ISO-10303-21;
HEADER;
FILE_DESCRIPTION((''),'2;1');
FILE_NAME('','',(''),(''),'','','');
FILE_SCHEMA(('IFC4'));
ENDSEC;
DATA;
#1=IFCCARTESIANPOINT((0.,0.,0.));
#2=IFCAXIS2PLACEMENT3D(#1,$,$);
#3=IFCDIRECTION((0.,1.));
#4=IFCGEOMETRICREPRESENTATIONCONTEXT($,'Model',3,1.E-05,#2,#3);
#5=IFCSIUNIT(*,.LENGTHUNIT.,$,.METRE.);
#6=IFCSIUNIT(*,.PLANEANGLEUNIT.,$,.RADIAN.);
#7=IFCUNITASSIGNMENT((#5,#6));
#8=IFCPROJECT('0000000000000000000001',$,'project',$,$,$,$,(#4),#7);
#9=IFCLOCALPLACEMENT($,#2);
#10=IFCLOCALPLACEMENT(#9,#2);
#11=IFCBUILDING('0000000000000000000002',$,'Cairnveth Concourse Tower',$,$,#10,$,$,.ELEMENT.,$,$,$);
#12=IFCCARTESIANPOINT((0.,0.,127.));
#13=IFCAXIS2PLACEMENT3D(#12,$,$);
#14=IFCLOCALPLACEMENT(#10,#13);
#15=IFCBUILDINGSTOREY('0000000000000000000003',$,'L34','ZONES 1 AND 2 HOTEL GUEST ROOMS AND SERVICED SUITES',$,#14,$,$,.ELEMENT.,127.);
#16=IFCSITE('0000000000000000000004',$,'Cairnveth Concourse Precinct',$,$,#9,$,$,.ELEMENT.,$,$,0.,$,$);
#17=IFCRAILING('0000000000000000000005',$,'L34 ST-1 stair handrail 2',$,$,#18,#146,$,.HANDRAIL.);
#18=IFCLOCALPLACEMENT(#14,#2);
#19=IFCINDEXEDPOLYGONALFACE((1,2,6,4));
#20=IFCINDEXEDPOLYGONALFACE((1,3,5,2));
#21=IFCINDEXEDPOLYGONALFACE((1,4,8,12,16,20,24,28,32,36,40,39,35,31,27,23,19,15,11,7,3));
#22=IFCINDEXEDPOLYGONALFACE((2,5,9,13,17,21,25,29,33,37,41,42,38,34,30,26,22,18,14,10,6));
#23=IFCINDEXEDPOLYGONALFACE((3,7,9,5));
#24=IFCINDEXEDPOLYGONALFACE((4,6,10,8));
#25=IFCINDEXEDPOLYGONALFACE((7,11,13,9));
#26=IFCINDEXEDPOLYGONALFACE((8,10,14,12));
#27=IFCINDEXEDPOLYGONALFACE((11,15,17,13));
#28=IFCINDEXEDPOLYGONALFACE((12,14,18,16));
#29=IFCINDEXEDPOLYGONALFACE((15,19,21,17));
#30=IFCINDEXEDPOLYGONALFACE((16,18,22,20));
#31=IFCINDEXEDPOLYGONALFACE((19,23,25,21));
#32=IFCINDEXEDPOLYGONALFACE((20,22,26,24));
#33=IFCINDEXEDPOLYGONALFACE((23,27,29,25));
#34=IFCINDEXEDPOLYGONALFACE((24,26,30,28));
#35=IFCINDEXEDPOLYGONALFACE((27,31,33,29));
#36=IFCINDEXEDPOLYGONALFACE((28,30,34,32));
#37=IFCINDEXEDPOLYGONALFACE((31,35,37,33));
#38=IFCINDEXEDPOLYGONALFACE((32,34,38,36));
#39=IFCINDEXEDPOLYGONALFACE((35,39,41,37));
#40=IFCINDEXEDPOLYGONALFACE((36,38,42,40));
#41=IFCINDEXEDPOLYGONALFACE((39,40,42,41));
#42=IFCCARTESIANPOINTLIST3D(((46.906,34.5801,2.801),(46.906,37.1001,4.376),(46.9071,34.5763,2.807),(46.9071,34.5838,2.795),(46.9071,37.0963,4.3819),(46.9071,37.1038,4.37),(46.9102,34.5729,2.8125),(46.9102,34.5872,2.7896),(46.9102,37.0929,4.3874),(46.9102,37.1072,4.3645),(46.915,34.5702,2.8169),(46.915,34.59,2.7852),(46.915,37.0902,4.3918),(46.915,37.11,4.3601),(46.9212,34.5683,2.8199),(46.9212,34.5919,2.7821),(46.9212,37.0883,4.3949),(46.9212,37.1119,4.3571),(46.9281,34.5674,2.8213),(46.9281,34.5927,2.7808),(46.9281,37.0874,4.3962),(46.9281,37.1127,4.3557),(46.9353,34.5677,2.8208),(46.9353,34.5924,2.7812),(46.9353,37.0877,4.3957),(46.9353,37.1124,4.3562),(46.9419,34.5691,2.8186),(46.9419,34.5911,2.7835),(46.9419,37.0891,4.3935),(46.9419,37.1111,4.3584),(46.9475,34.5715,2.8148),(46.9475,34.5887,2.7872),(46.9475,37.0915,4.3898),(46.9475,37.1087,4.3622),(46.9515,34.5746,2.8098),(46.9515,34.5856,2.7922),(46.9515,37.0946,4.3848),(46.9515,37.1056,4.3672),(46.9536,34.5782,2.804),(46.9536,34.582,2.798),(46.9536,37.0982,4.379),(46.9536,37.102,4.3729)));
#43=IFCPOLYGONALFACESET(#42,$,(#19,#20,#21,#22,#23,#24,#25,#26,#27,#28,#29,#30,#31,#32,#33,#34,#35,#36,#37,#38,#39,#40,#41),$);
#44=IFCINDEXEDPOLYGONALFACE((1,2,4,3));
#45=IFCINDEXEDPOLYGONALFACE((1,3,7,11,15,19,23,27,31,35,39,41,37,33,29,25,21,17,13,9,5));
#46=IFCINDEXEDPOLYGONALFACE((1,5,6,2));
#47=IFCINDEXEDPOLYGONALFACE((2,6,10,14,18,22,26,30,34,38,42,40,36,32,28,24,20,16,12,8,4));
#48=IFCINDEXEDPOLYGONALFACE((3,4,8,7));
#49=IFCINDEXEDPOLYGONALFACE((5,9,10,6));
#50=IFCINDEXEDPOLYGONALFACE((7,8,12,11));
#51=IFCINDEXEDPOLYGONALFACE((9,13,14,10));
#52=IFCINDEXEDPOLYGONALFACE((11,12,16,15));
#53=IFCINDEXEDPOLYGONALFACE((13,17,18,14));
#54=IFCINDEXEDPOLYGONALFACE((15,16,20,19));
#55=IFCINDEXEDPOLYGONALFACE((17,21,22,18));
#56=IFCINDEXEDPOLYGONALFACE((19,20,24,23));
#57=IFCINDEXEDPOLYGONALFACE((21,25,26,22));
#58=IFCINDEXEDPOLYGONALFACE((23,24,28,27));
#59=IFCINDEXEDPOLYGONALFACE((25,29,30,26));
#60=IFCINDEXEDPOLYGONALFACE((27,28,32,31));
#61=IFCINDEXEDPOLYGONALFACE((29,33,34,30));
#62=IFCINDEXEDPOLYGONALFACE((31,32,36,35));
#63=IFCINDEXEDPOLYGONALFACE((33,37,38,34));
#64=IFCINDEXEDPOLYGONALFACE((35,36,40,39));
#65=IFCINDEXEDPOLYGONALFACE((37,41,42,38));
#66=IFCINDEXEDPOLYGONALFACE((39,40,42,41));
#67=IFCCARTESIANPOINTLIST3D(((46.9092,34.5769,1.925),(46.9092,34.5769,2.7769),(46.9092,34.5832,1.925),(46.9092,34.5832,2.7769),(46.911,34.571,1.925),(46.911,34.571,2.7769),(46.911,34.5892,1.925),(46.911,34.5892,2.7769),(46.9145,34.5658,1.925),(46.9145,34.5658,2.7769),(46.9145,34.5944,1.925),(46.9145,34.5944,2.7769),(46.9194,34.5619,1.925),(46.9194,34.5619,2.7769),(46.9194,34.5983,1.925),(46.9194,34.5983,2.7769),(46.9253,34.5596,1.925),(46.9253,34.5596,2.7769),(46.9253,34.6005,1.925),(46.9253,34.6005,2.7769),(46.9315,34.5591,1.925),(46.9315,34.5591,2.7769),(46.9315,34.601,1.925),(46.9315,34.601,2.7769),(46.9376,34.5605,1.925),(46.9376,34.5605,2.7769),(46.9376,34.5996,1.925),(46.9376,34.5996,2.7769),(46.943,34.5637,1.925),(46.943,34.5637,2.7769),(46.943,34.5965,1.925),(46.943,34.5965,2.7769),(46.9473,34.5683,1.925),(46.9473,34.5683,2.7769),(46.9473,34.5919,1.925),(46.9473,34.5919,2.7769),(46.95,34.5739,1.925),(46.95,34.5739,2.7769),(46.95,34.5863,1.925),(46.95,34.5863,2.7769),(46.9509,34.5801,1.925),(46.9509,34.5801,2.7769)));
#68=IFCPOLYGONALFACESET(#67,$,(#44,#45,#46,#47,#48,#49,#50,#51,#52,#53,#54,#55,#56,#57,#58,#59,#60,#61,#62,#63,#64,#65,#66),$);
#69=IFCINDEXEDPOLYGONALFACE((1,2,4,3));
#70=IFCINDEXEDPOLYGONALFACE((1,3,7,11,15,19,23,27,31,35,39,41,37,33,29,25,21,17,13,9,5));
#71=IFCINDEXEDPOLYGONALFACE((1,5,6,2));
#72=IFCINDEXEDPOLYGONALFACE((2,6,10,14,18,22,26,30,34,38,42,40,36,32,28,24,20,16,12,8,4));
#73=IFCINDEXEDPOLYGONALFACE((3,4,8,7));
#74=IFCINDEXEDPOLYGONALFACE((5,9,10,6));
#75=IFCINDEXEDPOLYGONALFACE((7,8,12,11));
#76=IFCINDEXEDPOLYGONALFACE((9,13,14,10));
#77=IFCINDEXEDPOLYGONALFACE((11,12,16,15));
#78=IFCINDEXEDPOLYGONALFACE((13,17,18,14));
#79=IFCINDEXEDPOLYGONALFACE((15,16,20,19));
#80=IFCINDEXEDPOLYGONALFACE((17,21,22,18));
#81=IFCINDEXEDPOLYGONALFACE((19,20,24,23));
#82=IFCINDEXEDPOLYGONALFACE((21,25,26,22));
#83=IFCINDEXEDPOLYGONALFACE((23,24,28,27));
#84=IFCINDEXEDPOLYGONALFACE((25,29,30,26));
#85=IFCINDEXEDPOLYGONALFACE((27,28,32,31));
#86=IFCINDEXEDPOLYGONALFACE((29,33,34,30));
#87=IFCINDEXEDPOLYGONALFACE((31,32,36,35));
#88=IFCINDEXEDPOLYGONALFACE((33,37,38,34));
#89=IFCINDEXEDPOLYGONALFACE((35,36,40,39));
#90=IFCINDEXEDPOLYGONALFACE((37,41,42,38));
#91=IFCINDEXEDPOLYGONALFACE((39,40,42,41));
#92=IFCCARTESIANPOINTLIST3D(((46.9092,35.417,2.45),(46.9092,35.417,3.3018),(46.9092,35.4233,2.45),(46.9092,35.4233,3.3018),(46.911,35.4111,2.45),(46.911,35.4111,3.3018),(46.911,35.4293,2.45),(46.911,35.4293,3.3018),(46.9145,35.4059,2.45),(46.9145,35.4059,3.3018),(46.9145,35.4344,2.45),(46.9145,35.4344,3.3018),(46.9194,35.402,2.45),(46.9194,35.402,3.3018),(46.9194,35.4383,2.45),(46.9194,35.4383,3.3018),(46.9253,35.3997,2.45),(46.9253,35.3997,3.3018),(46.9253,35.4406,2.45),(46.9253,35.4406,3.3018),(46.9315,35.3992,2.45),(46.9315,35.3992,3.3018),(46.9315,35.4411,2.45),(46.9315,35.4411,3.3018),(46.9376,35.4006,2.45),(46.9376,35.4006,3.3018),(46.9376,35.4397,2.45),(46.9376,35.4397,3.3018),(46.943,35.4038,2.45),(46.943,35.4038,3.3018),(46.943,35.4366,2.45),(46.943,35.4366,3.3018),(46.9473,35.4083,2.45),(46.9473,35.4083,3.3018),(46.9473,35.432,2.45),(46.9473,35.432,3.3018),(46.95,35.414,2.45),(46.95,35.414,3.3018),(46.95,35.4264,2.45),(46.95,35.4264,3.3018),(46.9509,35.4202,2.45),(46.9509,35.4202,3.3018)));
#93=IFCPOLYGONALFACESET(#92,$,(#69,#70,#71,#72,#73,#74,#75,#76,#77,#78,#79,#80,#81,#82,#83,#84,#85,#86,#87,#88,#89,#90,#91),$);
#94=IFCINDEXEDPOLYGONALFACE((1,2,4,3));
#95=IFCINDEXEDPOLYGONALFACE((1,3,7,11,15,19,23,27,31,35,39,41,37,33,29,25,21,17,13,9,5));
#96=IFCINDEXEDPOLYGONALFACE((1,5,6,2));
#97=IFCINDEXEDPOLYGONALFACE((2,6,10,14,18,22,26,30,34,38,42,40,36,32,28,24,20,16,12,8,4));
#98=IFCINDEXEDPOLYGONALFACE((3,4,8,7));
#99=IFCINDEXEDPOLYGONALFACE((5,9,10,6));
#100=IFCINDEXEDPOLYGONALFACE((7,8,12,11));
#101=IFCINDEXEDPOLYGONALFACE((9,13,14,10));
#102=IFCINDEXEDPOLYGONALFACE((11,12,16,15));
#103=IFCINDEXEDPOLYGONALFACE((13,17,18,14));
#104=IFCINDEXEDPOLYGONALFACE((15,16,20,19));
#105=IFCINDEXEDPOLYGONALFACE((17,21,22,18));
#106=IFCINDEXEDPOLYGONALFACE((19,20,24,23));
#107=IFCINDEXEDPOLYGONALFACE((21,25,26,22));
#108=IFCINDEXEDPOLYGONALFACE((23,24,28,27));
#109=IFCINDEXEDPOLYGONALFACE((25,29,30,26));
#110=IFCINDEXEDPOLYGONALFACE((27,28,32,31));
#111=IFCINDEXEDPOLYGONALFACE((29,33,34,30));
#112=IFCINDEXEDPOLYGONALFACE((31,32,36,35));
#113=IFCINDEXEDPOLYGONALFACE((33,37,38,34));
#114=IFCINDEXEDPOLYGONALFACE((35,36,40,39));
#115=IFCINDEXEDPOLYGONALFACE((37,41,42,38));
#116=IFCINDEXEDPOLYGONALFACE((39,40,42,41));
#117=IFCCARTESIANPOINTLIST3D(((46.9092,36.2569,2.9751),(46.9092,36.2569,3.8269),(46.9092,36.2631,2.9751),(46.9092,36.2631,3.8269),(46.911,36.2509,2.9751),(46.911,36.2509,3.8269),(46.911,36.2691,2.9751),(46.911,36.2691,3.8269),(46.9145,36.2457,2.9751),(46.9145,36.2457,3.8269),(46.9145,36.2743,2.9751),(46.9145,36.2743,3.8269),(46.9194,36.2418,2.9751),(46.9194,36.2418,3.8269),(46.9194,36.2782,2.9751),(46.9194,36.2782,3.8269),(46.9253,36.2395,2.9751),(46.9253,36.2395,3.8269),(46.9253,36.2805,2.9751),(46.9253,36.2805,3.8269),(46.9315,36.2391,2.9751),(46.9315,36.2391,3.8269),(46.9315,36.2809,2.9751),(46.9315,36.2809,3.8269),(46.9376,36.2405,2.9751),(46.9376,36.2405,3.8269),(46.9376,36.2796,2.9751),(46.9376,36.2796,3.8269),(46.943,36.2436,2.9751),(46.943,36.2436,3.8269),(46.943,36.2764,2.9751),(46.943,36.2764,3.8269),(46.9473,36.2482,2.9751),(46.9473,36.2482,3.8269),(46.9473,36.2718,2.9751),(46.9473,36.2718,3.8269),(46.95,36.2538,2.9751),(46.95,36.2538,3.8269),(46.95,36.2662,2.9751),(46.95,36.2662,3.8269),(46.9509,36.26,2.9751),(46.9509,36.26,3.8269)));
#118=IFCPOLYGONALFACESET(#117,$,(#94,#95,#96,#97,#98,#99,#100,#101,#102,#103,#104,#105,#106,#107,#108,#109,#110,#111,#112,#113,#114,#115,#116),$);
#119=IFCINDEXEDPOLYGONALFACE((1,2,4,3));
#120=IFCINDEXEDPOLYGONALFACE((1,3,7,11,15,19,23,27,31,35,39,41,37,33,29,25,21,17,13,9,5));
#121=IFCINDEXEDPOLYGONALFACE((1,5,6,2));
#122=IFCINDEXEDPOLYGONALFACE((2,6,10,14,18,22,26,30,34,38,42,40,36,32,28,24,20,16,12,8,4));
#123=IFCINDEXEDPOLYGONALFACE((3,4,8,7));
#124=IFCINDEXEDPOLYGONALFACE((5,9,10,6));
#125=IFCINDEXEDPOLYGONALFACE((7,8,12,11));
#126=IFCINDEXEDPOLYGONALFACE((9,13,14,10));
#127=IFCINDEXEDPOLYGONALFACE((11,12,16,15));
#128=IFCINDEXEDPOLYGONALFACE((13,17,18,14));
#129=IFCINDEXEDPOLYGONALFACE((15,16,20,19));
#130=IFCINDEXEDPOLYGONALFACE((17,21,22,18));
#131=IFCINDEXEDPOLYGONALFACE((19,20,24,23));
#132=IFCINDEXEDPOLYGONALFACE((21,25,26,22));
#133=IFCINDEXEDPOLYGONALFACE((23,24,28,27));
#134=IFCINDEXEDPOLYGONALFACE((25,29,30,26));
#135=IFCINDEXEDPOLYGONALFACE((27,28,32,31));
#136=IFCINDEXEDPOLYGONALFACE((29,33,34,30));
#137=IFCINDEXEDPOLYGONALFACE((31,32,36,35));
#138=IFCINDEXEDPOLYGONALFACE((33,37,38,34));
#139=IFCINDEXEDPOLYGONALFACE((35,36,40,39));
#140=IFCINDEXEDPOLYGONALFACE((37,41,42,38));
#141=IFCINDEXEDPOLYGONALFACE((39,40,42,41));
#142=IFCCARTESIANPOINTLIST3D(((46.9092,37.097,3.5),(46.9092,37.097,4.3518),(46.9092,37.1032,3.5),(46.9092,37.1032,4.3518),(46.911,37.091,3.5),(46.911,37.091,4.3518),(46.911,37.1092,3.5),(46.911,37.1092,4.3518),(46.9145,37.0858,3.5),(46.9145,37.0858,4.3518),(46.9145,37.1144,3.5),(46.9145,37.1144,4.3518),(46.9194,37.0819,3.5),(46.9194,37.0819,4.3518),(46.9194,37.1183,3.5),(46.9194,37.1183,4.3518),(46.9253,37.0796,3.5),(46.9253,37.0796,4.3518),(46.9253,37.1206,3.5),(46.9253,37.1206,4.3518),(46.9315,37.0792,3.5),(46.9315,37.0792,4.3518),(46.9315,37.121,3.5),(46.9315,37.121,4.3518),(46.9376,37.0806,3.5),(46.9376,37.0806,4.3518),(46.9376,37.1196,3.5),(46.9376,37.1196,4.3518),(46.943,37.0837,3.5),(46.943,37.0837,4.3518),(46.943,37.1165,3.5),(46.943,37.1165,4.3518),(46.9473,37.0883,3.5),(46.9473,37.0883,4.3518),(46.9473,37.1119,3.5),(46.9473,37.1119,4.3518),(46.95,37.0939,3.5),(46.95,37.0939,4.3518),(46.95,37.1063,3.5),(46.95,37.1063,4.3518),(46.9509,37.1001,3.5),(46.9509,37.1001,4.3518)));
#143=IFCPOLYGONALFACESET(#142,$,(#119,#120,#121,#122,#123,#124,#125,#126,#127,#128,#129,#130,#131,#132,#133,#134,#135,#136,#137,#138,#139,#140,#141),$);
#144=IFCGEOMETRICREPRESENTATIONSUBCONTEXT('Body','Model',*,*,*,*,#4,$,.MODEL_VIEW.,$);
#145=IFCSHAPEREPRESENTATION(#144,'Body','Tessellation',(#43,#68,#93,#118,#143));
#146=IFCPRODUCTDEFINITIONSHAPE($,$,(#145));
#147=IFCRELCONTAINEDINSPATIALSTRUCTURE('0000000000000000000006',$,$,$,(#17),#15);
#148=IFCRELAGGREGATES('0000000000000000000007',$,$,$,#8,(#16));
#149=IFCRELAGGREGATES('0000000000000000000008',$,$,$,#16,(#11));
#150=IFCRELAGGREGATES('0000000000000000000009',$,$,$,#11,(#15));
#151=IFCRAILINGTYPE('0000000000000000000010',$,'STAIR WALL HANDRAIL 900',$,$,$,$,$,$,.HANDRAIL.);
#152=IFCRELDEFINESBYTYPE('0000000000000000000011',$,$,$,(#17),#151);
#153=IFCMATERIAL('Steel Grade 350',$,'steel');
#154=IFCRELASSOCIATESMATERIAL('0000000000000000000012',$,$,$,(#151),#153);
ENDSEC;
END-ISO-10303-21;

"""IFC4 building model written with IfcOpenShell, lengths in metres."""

from ifc_helpers import new_model, si_unit, direction, frame, origin, origin_2d, place, context, subcontext, project, spatial, circle, extrude, material, type_object, element, save


model = new_model("IFC4")

# Units and contexts
model_context = context("Model", 3, precision=1e-05, world=origin(), true_north=direction((0.0, 1.0)))
body_context = subcontext(model_context, "Body", "Model", "MODEL_VIEW")
ifc_project = project(units=[si_unit("LENGTHUNIT", "METRE"), si_unit("PLANEANGLEUNIT", "RADIAN")], contexts=[model_context])

# Site, building, storey
site_placement = place(None, origin())
site = spatial("IfcSite", under=ifc_project, at=site_placement, Name="Cairnveth Concourse Precinct", CompositionType="ELEMENT", RefElevation=0.0)
building_placement = place(site_placement, origin())
building = spatial("IfcBuilding", under=site, at=building_placement, Name="Cairnveth Concourse Tower", CompositionType="ELEMENT")
storey_placement = place(building_placement, frame((0.0, 0.0, 127.0)))
storey = spatial("IfcBuildingStorey", under=building, at=storey_placement, Name="L34", Description="ZONES 1 AND 2 HOTEL GUEST ROOMS AND SERVICED SUITES", CompositionType="ELEMENT", Elevation=127.0)

# Railing
ifc_material_1 = material(Name="Steel Grade 350", Category="steel")
railing_type_1 = type_object("IfcRailingType", Name="STAIR WALL HANDRAIL 900", PredefinedType="HANDRAIL", material=ifc_material_1)
railing_1_placement = place(storey_placement, frame((46.9299, 34.5801, 1.925)))
element("IfcRailing", 1, at=railing_1_placement, inside=storey, type_object=railing_type_1, Name="L34 ST-1 stair handrail 2", PredefinedType="HANDRAIL", context=body_context, shape_type="SweptSolid", body=[
    extrude(circle(Radius=0.0239, at=origin_2d()), frame((0.0, 0.0, 0.876), z_axis=(0.0, 0.848008, 0.529984), x_axis=(-1.0, 0.0, 0.0)), (0.0, 0.0, 1.0), 2.9717),
    extrude(circle(Radius=0.021, at=origin_2d()), origin(), (0.0, 0.0, 1.0), 0.8518),
    extrude(circle(Radius=0.021, at=origin_2d()), frame((0.0, 0.8401, 0.5249)), (0.0, 0.0, 1.0), 0.8518),
    extrude(circle(Radius=0.021, at=origin_2d()), frame((0.0, 1.6799, 1.05)), (0.0, 0.0, 1.0), 0.8518),
    extrude(circle(Radius=0.021, at=origin_2d()), frame((0.0, 2.52, 1.575)), (0.0, 0.0, 1.0), 0.8518),
])

save(model, "model.ifc")
